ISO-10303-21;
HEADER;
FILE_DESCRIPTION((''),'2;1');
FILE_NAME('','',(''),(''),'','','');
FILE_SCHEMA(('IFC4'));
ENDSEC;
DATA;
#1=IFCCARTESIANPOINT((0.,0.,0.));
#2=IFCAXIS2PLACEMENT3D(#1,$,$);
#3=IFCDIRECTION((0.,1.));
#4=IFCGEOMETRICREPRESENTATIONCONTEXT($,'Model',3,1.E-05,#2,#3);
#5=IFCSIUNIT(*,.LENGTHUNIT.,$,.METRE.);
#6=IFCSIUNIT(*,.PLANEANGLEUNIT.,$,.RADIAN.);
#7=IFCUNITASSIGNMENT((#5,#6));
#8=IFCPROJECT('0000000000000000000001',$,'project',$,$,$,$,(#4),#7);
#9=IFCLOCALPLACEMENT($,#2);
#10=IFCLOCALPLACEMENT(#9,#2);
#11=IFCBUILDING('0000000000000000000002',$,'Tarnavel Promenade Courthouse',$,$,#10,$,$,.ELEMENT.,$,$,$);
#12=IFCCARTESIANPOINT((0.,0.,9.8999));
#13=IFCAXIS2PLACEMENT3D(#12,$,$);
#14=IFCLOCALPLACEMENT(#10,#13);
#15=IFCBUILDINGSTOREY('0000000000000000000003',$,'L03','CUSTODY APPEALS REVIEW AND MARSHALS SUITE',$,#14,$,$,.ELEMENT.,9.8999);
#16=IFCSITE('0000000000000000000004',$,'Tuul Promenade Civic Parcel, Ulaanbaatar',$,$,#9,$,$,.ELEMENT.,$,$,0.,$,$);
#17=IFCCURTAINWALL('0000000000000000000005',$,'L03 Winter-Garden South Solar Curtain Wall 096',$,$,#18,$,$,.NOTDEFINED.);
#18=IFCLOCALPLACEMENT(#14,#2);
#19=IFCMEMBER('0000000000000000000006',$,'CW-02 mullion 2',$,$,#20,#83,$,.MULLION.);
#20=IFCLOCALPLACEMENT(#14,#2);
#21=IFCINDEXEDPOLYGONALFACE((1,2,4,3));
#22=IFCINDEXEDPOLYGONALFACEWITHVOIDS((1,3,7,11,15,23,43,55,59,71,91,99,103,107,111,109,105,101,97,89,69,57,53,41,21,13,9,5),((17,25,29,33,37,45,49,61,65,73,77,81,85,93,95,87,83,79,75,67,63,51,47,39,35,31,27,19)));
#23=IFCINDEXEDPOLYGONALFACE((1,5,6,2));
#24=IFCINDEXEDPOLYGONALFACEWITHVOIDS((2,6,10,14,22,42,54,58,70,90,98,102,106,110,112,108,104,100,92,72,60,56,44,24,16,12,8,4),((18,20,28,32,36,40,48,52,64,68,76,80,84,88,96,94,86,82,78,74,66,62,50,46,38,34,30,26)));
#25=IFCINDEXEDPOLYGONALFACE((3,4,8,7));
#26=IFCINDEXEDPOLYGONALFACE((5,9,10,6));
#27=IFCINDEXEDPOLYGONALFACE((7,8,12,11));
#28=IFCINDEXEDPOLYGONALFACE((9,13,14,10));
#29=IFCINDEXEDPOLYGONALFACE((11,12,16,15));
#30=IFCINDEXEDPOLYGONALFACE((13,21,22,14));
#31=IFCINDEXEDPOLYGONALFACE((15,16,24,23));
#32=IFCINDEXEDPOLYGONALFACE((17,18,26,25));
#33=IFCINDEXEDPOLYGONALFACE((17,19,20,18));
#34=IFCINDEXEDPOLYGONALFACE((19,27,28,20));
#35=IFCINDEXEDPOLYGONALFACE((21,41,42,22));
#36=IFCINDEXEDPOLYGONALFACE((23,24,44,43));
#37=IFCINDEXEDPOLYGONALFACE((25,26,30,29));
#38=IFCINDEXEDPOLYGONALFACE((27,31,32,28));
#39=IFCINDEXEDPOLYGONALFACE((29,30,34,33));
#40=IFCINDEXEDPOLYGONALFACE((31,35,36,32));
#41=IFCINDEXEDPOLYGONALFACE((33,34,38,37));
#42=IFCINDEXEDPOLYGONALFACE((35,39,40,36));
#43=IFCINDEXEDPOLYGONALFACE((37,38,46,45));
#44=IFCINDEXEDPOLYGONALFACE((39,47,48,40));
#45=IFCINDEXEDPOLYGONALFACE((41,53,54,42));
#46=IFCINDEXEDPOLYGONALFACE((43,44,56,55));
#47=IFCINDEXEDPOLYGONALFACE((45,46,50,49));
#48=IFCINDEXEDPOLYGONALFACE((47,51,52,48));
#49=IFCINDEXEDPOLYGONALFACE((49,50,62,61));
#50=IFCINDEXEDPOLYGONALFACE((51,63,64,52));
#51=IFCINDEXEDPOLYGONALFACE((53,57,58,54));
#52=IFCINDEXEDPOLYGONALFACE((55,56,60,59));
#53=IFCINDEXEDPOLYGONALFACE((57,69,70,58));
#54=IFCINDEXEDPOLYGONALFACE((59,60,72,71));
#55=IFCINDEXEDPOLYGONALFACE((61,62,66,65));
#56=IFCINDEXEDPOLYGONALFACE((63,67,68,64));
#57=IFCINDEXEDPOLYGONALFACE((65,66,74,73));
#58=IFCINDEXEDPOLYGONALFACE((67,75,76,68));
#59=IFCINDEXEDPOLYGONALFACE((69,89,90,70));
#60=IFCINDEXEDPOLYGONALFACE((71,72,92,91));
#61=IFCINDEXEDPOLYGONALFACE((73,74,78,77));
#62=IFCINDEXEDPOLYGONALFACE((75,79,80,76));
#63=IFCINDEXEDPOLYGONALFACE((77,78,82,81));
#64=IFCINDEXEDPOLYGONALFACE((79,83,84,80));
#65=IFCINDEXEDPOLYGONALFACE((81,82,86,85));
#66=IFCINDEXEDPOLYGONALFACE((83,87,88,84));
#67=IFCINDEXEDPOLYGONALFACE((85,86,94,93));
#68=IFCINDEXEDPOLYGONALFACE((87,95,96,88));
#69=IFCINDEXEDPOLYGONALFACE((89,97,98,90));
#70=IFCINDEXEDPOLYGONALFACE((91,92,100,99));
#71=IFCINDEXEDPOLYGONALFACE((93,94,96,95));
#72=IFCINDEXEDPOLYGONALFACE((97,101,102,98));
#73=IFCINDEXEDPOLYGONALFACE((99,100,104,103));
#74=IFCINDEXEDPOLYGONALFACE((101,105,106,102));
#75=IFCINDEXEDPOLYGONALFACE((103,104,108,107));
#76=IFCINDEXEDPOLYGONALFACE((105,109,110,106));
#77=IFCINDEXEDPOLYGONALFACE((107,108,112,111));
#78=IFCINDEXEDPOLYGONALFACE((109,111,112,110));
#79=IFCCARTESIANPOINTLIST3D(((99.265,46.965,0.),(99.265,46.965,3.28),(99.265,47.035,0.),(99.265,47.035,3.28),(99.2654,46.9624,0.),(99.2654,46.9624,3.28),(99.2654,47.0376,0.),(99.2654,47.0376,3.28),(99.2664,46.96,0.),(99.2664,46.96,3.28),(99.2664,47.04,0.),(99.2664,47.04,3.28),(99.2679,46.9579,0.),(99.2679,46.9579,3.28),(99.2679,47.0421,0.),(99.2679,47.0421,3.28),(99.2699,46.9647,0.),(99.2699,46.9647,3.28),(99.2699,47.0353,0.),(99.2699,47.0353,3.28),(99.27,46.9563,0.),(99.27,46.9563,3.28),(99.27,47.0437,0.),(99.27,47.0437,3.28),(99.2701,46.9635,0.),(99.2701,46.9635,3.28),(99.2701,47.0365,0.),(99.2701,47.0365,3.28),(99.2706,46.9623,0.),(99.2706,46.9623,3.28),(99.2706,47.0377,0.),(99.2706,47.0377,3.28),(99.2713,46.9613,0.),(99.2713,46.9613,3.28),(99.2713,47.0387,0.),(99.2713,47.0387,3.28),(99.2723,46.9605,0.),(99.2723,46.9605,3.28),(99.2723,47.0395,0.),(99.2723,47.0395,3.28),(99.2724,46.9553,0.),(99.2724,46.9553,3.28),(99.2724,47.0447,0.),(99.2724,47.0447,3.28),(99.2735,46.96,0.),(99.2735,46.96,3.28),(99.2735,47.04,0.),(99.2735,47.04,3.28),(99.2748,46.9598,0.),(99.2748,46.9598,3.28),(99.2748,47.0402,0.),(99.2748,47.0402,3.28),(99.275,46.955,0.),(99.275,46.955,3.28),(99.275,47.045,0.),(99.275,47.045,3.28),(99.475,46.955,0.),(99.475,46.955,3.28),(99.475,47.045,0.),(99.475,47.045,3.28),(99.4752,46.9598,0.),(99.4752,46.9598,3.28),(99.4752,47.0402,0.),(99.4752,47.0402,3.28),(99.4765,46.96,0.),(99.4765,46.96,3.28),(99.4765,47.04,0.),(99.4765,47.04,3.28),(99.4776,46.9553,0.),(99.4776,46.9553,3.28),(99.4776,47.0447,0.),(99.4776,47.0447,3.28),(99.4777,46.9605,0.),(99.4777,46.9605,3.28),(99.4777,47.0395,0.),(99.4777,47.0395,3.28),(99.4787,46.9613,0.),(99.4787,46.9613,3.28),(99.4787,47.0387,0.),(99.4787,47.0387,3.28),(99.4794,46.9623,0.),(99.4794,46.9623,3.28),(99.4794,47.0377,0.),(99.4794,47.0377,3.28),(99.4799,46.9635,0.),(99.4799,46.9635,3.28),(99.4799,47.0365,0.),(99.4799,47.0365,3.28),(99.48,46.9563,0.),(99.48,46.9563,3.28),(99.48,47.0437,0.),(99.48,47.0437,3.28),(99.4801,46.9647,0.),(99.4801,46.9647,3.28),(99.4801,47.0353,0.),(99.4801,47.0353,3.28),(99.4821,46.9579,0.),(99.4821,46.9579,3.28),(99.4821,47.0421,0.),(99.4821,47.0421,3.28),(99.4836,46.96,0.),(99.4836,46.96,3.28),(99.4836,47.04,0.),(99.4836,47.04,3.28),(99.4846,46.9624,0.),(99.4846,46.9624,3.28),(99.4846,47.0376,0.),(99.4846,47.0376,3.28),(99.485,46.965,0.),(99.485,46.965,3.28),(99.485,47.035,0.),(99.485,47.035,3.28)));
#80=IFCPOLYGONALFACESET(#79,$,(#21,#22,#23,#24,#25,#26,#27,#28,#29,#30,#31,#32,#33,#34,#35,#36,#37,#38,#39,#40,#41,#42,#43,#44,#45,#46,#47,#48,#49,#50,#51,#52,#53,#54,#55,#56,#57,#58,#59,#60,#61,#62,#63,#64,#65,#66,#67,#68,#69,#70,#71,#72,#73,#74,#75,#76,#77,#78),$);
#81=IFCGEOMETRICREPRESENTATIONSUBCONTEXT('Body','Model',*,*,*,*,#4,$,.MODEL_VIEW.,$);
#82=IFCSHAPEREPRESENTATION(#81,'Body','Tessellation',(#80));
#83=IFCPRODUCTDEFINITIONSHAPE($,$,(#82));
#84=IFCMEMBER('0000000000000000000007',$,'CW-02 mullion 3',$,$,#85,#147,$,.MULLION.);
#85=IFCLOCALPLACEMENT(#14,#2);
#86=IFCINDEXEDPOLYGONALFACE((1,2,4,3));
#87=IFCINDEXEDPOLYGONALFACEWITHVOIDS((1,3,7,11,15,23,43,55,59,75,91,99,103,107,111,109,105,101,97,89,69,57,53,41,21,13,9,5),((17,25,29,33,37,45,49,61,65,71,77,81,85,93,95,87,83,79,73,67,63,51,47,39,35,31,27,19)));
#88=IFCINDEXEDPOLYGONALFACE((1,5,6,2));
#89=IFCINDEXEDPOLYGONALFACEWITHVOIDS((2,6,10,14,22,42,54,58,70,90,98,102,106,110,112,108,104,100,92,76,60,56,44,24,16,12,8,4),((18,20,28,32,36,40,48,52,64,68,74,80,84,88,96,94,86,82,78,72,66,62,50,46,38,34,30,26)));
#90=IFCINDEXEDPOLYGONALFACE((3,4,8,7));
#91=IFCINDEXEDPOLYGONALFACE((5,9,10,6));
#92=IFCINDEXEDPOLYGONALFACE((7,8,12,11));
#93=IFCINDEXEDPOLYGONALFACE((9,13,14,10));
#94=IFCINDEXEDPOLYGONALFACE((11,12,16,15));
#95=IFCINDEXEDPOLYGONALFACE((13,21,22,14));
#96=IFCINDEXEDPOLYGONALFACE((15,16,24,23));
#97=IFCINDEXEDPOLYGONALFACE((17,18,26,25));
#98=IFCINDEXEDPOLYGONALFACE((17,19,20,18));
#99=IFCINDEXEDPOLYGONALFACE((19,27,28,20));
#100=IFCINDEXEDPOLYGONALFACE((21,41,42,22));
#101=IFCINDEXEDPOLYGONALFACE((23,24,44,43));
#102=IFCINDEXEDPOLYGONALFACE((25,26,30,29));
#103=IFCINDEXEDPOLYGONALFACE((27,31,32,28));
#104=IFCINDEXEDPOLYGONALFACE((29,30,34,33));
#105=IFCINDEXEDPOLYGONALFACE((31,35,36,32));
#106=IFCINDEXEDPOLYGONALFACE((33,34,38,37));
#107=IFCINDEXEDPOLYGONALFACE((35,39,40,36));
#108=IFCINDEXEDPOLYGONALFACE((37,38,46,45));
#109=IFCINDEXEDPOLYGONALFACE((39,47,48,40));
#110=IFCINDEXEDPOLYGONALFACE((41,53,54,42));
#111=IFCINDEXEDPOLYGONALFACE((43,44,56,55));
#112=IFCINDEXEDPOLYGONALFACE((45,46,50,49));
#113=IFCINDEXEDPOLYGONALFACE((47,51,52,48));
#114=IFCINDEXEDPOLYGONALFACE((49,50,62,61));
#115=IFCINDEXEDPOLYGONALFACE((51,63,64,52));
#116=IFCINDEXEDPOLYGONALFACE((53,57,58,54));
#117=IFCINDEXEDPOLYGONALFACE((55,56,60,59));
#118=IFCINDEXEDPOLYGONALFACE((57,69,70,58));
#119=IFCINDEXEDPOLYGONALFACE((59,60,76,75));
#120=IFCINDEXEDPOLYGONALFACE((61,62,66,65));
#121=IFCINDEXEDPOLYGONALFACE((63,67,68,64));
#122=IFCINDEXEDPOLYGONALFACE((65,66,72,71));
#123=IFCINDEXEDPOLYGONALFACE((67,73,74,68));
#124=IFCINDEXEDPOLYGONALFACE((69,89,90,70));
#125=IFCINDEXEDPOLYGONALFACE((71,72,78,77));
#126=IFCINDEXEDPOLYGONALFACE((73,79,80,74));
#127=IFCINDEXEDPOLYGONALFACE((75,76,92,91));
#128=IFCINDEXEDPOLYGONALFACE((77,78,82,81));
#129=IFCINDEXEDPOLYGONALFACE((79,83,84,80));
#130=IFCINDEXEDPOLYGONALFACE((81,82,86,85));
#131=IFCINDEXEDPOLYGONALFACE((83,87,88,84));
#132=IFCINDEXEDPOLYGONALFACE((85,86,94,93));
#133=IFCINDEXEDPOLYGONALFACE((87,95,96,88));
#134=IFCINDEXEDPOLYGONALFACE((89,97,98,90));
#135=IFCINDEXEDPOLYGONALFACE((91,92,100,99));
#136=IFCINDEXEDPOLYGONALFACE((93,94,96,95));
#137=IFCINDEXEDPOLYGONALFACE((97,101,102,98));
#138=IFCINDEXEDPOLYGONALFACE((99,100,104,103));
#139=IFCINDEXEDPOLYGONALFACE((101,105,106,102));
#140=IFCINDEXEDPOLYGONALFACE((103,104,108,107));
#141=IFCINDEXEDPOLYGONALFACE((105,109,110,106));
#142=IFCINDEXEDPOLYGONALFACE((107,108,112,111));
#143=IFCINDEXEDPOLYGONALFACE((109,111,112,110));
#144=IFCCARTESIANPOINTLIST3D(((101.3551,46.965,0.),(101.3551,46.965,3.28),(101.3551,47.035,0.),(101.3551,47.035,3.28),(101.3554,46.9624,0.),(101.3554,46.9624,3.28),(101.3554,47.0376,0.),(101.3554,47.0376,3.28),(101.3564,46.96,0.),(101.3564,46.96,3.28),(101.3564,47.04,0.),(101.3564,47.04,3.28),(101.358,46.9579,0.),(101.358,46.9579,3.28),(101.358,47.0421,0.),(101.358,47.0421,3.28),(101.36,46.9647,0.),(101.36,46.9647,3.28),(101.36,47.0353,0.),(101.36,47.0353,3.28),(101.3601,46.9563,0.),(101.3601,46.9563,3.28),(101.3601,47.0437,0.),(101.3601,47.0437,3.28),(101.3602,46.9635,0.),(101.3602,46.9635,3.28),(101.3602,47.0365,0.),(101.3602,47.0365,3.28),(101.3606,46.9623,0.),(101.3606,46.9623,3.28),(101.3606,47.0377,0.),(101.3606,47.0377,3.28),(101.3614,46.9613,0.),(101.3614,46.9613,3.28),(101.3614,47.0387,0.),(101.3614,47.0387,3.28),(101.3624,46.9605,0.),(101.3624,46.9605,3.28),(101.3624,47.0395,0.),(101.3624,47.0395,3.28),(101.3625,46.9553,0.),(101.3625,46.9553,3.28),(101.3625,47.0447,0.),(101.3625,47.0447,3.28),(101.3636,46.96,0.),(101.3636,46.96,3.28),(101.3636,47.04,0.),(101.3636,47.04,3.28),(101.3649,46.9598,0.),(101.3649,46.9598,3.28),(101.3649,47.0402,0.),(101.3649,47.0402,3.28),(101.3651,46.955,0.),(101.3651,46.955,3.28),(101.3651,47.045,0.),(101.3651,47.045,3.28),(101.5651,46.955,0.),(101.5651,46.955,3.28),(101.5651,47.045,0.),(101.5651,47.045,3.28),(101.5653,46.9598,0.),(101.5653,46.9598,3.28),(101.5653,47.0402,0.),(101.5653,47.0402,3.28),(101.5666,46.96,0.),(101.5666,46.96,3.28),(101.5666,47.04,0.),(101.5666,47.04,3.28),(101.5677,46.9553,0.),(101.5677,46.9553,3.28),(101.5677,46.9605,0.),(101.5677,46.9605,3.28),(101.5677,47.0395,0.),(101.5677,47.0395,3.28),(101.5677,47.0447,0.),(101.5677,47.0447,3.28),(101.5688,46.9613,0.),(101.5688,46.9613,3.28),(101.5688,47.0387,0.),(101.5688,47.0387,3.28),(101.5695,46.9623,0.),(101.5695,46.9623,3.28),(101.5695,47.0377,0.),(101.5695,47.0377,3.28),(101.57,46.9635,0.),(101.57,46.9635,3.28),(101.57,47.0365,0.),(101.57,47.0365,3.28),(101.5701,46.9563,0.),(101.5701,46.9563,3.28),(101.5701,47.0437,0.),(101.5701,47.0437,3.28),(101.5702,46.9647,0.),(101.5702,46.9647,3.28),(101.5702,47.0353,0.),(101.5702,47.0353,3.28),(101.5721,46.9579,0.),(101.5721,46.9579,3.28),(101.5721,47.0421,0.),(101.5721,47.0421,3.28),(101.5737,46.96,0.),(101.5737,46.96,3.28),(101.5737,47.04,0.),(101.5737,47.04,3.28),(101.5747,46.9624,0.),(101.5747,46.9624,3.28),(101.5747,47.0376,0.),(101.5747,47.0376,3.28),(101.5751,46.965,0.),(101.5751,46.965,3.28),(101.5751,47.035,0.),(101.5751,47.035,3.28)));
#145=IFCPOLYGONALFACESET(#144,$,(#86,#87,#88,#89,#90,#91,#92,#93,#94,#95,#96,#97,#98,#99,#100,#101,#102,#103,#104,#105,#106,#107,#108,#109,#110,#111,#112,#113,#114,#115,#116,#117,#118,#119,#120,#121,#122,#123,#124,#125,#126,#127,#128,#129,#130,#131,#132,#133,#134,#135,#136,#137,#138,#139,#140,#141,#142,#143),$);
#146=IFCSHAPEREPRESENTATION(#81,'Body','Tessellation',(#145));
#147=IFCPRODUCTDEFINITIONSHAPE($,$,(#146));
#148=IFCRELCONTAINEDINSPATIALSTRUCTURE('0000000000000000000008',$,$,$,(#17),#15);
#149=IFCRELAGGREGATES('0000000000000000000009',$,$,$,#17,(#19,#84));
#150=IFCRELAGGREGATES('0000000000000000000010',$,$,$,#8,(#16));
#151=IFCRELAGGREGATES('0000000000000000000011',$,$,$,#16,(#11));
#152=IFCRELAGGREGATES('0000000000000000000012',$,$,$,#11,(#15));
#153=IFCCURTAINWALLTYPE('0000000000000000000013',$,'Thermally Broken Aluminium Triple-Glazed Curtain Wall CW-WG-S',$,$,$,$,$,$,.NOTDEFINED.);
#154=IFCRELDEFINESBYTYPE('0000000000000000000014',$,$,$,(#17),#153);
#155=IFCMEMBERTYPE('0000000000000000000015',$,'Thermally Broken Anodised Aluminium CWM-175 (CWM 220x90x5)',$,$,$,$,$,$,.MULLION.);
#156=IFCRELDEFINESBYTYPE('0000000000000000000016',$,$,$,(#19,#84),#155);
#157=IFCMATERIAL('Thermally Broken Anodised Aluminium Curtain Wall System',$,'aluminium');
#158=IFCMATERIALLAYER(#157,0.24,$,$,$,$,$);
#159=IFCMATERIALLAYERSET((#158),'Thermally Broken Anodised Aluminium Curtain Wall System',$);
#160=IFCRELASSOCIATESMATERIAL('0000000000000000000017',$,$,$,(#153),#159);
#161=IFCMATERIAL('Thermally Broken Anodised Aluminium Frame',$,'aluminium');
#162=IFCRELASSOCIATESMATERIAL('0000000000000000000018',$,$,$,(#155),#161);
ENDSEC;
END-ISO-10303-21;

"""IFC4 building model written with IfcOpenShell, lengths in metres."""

from ifc_helpers import new_model, si_unit, direction, frame, origin, origin_2d, place, context, subcontext, project, spatial, hollow_rectangle, extrude, material, layer, layer_set, material_profile, profile_set, type_object, element, aggregate, save


model = new_model("IFC4")

# Units and contexts
model_context = context("Model", 3, precision=1e-05, world=origin(), true_north=direction((0.0, 1.0)))
body_context = subcontext(model_context, "Body", "Model", "MODEL_VIEW")
ifc_project = project(units=[si_unit("LENGTHUNIT", "METRE"), si_unit("PLANEANGLEUNIT", "RADIAN")], contexts=[model_context])

# Site, building, storey
site_placement = place(None, origin())
site = spatial("IfcSite", under=ifc_project, at=site_placement, Name="Tuul Promenade Civic Parcel, Ulaanbaatar", CompositionType="ELEMENT", RefElevation=0.0)
building_placement = place(site_placement, origin())
building = spatial("IfcBuilding", under=site, at=building_placement, Name="Tarnavel Promenade Courthouse", CompositionType="ELEMENT")
storey_placement = place(building_placement, frame((0.0, 0.0, 9.8999)))
storey = spatial("IfcBuildingStorey", under=building, at=storey_placement, Name="L03", Description="CUSTODY APPEALS REVIEW AND MARSHALS SUITE", CompositionType="ELEMENT", Elevation=9.8999)

# Curtain wall, members
ifc_material_1 = material(Name="Thermally Broken Anodised Aluminium Curtain Wall System", Category="aluminium")
ifc_layer_1 = layer(ifc_material_1, 0.24)
ifc_layer_set_1 = layer_set([ifc_layer_1], Name="Thermally Broken Anodised Aluminium Curtain Wall System")
curtain_wall_type = type_object("IfcCurtainWallType", Name="Thermally Broken Aluminium Triple-Glazed Curtain Wall CW-WG-S", PredefinedType="NOTDEFINED", material=ifc_layer_set_1)
curtain_wall_1_placement = place(storey_placement, origin())
curtain_wall_1 = element("IfcCurtainWall", 1, at=curtain_wall_1_placement, inside=storey, type_object=curtain_wall_type, Name="L03 Winter-Garden South Solar Curtain Wall 096", PredefinedType="NOTDEFINED")
ifc_material_2 = material(Name="Thermally Broken Anodised Aluminium Frame", Category="aluminium")
ifc_material_profile_1 = material_profile(ifc_material_2, hollow_rectangle(XDim=0.0901, YDim=0.22, WallThickness=0.0049, InnerFilletRadius=0.0049, OuterFilletRadius=0.01, at=origin_2d()), Name="CWM 220x90x5")
ifc_profile_set_1 = profile_set([ifc_material_profile_1], Name="Thermally Broken Anodised Aluminium Frame")
member_type_1 = type_object("IfcMemberType", Name="Thermally Broken Anodised Aluminium CWM-175 (CWM 220x90x5)", PredefinedType="MULLION", material=ifc_profile_set_1)
member_1_placement = place(storey_placement, frame((99.375, 47.0, 0.0), z_axis=(0.0, 0.0, 1.0), x_axis=(0.0, 1.0, 0.0)))
member_1 = element("IfcMember", 2, at=member_1_placement, type_object=member_type_1, Name="CW-02 mullion 2", PredefinedType="MULLION", context=body_context, shape_type="SweptSolid", body=[
    extrude(hollow_rectangle(XDim=0.0901, YDim=0.22, WallThickness=0.0049, InnerFilletRadius=0.0049, OuterFilletRadius=0.01, at=origin_2d()), origin(), (0.0, 0.0, 1.0), 3.28),
])
member_2_placement = place(storey_placement, frame((101.4651, 47.0, 0.0), z_axis=(0.0, 0.0, 1.0), x_axis=(0.0, 1.0, 0.0)))
member_2 = element("IfcMember", 3, at=member_2_placement, type_object=member_type_1, Name="CW-02 mullion 3", PredefinedType="MULLION", context=body_context, shape_type="SweptSolid", body=[
    extrude(hollow_rectangle(XDim=0.0901, YDim=0.22, WallThickness=0.0049, InnerFilletRadius=0.0049, OuterFilletRadius=0.01, at=origin_2d()), origin(), (0.0, 0.0, 1.0), 3.28),
])

aggregate(curtain_wall_1, [member_1, member_2])

save(model, "model.ifc")
